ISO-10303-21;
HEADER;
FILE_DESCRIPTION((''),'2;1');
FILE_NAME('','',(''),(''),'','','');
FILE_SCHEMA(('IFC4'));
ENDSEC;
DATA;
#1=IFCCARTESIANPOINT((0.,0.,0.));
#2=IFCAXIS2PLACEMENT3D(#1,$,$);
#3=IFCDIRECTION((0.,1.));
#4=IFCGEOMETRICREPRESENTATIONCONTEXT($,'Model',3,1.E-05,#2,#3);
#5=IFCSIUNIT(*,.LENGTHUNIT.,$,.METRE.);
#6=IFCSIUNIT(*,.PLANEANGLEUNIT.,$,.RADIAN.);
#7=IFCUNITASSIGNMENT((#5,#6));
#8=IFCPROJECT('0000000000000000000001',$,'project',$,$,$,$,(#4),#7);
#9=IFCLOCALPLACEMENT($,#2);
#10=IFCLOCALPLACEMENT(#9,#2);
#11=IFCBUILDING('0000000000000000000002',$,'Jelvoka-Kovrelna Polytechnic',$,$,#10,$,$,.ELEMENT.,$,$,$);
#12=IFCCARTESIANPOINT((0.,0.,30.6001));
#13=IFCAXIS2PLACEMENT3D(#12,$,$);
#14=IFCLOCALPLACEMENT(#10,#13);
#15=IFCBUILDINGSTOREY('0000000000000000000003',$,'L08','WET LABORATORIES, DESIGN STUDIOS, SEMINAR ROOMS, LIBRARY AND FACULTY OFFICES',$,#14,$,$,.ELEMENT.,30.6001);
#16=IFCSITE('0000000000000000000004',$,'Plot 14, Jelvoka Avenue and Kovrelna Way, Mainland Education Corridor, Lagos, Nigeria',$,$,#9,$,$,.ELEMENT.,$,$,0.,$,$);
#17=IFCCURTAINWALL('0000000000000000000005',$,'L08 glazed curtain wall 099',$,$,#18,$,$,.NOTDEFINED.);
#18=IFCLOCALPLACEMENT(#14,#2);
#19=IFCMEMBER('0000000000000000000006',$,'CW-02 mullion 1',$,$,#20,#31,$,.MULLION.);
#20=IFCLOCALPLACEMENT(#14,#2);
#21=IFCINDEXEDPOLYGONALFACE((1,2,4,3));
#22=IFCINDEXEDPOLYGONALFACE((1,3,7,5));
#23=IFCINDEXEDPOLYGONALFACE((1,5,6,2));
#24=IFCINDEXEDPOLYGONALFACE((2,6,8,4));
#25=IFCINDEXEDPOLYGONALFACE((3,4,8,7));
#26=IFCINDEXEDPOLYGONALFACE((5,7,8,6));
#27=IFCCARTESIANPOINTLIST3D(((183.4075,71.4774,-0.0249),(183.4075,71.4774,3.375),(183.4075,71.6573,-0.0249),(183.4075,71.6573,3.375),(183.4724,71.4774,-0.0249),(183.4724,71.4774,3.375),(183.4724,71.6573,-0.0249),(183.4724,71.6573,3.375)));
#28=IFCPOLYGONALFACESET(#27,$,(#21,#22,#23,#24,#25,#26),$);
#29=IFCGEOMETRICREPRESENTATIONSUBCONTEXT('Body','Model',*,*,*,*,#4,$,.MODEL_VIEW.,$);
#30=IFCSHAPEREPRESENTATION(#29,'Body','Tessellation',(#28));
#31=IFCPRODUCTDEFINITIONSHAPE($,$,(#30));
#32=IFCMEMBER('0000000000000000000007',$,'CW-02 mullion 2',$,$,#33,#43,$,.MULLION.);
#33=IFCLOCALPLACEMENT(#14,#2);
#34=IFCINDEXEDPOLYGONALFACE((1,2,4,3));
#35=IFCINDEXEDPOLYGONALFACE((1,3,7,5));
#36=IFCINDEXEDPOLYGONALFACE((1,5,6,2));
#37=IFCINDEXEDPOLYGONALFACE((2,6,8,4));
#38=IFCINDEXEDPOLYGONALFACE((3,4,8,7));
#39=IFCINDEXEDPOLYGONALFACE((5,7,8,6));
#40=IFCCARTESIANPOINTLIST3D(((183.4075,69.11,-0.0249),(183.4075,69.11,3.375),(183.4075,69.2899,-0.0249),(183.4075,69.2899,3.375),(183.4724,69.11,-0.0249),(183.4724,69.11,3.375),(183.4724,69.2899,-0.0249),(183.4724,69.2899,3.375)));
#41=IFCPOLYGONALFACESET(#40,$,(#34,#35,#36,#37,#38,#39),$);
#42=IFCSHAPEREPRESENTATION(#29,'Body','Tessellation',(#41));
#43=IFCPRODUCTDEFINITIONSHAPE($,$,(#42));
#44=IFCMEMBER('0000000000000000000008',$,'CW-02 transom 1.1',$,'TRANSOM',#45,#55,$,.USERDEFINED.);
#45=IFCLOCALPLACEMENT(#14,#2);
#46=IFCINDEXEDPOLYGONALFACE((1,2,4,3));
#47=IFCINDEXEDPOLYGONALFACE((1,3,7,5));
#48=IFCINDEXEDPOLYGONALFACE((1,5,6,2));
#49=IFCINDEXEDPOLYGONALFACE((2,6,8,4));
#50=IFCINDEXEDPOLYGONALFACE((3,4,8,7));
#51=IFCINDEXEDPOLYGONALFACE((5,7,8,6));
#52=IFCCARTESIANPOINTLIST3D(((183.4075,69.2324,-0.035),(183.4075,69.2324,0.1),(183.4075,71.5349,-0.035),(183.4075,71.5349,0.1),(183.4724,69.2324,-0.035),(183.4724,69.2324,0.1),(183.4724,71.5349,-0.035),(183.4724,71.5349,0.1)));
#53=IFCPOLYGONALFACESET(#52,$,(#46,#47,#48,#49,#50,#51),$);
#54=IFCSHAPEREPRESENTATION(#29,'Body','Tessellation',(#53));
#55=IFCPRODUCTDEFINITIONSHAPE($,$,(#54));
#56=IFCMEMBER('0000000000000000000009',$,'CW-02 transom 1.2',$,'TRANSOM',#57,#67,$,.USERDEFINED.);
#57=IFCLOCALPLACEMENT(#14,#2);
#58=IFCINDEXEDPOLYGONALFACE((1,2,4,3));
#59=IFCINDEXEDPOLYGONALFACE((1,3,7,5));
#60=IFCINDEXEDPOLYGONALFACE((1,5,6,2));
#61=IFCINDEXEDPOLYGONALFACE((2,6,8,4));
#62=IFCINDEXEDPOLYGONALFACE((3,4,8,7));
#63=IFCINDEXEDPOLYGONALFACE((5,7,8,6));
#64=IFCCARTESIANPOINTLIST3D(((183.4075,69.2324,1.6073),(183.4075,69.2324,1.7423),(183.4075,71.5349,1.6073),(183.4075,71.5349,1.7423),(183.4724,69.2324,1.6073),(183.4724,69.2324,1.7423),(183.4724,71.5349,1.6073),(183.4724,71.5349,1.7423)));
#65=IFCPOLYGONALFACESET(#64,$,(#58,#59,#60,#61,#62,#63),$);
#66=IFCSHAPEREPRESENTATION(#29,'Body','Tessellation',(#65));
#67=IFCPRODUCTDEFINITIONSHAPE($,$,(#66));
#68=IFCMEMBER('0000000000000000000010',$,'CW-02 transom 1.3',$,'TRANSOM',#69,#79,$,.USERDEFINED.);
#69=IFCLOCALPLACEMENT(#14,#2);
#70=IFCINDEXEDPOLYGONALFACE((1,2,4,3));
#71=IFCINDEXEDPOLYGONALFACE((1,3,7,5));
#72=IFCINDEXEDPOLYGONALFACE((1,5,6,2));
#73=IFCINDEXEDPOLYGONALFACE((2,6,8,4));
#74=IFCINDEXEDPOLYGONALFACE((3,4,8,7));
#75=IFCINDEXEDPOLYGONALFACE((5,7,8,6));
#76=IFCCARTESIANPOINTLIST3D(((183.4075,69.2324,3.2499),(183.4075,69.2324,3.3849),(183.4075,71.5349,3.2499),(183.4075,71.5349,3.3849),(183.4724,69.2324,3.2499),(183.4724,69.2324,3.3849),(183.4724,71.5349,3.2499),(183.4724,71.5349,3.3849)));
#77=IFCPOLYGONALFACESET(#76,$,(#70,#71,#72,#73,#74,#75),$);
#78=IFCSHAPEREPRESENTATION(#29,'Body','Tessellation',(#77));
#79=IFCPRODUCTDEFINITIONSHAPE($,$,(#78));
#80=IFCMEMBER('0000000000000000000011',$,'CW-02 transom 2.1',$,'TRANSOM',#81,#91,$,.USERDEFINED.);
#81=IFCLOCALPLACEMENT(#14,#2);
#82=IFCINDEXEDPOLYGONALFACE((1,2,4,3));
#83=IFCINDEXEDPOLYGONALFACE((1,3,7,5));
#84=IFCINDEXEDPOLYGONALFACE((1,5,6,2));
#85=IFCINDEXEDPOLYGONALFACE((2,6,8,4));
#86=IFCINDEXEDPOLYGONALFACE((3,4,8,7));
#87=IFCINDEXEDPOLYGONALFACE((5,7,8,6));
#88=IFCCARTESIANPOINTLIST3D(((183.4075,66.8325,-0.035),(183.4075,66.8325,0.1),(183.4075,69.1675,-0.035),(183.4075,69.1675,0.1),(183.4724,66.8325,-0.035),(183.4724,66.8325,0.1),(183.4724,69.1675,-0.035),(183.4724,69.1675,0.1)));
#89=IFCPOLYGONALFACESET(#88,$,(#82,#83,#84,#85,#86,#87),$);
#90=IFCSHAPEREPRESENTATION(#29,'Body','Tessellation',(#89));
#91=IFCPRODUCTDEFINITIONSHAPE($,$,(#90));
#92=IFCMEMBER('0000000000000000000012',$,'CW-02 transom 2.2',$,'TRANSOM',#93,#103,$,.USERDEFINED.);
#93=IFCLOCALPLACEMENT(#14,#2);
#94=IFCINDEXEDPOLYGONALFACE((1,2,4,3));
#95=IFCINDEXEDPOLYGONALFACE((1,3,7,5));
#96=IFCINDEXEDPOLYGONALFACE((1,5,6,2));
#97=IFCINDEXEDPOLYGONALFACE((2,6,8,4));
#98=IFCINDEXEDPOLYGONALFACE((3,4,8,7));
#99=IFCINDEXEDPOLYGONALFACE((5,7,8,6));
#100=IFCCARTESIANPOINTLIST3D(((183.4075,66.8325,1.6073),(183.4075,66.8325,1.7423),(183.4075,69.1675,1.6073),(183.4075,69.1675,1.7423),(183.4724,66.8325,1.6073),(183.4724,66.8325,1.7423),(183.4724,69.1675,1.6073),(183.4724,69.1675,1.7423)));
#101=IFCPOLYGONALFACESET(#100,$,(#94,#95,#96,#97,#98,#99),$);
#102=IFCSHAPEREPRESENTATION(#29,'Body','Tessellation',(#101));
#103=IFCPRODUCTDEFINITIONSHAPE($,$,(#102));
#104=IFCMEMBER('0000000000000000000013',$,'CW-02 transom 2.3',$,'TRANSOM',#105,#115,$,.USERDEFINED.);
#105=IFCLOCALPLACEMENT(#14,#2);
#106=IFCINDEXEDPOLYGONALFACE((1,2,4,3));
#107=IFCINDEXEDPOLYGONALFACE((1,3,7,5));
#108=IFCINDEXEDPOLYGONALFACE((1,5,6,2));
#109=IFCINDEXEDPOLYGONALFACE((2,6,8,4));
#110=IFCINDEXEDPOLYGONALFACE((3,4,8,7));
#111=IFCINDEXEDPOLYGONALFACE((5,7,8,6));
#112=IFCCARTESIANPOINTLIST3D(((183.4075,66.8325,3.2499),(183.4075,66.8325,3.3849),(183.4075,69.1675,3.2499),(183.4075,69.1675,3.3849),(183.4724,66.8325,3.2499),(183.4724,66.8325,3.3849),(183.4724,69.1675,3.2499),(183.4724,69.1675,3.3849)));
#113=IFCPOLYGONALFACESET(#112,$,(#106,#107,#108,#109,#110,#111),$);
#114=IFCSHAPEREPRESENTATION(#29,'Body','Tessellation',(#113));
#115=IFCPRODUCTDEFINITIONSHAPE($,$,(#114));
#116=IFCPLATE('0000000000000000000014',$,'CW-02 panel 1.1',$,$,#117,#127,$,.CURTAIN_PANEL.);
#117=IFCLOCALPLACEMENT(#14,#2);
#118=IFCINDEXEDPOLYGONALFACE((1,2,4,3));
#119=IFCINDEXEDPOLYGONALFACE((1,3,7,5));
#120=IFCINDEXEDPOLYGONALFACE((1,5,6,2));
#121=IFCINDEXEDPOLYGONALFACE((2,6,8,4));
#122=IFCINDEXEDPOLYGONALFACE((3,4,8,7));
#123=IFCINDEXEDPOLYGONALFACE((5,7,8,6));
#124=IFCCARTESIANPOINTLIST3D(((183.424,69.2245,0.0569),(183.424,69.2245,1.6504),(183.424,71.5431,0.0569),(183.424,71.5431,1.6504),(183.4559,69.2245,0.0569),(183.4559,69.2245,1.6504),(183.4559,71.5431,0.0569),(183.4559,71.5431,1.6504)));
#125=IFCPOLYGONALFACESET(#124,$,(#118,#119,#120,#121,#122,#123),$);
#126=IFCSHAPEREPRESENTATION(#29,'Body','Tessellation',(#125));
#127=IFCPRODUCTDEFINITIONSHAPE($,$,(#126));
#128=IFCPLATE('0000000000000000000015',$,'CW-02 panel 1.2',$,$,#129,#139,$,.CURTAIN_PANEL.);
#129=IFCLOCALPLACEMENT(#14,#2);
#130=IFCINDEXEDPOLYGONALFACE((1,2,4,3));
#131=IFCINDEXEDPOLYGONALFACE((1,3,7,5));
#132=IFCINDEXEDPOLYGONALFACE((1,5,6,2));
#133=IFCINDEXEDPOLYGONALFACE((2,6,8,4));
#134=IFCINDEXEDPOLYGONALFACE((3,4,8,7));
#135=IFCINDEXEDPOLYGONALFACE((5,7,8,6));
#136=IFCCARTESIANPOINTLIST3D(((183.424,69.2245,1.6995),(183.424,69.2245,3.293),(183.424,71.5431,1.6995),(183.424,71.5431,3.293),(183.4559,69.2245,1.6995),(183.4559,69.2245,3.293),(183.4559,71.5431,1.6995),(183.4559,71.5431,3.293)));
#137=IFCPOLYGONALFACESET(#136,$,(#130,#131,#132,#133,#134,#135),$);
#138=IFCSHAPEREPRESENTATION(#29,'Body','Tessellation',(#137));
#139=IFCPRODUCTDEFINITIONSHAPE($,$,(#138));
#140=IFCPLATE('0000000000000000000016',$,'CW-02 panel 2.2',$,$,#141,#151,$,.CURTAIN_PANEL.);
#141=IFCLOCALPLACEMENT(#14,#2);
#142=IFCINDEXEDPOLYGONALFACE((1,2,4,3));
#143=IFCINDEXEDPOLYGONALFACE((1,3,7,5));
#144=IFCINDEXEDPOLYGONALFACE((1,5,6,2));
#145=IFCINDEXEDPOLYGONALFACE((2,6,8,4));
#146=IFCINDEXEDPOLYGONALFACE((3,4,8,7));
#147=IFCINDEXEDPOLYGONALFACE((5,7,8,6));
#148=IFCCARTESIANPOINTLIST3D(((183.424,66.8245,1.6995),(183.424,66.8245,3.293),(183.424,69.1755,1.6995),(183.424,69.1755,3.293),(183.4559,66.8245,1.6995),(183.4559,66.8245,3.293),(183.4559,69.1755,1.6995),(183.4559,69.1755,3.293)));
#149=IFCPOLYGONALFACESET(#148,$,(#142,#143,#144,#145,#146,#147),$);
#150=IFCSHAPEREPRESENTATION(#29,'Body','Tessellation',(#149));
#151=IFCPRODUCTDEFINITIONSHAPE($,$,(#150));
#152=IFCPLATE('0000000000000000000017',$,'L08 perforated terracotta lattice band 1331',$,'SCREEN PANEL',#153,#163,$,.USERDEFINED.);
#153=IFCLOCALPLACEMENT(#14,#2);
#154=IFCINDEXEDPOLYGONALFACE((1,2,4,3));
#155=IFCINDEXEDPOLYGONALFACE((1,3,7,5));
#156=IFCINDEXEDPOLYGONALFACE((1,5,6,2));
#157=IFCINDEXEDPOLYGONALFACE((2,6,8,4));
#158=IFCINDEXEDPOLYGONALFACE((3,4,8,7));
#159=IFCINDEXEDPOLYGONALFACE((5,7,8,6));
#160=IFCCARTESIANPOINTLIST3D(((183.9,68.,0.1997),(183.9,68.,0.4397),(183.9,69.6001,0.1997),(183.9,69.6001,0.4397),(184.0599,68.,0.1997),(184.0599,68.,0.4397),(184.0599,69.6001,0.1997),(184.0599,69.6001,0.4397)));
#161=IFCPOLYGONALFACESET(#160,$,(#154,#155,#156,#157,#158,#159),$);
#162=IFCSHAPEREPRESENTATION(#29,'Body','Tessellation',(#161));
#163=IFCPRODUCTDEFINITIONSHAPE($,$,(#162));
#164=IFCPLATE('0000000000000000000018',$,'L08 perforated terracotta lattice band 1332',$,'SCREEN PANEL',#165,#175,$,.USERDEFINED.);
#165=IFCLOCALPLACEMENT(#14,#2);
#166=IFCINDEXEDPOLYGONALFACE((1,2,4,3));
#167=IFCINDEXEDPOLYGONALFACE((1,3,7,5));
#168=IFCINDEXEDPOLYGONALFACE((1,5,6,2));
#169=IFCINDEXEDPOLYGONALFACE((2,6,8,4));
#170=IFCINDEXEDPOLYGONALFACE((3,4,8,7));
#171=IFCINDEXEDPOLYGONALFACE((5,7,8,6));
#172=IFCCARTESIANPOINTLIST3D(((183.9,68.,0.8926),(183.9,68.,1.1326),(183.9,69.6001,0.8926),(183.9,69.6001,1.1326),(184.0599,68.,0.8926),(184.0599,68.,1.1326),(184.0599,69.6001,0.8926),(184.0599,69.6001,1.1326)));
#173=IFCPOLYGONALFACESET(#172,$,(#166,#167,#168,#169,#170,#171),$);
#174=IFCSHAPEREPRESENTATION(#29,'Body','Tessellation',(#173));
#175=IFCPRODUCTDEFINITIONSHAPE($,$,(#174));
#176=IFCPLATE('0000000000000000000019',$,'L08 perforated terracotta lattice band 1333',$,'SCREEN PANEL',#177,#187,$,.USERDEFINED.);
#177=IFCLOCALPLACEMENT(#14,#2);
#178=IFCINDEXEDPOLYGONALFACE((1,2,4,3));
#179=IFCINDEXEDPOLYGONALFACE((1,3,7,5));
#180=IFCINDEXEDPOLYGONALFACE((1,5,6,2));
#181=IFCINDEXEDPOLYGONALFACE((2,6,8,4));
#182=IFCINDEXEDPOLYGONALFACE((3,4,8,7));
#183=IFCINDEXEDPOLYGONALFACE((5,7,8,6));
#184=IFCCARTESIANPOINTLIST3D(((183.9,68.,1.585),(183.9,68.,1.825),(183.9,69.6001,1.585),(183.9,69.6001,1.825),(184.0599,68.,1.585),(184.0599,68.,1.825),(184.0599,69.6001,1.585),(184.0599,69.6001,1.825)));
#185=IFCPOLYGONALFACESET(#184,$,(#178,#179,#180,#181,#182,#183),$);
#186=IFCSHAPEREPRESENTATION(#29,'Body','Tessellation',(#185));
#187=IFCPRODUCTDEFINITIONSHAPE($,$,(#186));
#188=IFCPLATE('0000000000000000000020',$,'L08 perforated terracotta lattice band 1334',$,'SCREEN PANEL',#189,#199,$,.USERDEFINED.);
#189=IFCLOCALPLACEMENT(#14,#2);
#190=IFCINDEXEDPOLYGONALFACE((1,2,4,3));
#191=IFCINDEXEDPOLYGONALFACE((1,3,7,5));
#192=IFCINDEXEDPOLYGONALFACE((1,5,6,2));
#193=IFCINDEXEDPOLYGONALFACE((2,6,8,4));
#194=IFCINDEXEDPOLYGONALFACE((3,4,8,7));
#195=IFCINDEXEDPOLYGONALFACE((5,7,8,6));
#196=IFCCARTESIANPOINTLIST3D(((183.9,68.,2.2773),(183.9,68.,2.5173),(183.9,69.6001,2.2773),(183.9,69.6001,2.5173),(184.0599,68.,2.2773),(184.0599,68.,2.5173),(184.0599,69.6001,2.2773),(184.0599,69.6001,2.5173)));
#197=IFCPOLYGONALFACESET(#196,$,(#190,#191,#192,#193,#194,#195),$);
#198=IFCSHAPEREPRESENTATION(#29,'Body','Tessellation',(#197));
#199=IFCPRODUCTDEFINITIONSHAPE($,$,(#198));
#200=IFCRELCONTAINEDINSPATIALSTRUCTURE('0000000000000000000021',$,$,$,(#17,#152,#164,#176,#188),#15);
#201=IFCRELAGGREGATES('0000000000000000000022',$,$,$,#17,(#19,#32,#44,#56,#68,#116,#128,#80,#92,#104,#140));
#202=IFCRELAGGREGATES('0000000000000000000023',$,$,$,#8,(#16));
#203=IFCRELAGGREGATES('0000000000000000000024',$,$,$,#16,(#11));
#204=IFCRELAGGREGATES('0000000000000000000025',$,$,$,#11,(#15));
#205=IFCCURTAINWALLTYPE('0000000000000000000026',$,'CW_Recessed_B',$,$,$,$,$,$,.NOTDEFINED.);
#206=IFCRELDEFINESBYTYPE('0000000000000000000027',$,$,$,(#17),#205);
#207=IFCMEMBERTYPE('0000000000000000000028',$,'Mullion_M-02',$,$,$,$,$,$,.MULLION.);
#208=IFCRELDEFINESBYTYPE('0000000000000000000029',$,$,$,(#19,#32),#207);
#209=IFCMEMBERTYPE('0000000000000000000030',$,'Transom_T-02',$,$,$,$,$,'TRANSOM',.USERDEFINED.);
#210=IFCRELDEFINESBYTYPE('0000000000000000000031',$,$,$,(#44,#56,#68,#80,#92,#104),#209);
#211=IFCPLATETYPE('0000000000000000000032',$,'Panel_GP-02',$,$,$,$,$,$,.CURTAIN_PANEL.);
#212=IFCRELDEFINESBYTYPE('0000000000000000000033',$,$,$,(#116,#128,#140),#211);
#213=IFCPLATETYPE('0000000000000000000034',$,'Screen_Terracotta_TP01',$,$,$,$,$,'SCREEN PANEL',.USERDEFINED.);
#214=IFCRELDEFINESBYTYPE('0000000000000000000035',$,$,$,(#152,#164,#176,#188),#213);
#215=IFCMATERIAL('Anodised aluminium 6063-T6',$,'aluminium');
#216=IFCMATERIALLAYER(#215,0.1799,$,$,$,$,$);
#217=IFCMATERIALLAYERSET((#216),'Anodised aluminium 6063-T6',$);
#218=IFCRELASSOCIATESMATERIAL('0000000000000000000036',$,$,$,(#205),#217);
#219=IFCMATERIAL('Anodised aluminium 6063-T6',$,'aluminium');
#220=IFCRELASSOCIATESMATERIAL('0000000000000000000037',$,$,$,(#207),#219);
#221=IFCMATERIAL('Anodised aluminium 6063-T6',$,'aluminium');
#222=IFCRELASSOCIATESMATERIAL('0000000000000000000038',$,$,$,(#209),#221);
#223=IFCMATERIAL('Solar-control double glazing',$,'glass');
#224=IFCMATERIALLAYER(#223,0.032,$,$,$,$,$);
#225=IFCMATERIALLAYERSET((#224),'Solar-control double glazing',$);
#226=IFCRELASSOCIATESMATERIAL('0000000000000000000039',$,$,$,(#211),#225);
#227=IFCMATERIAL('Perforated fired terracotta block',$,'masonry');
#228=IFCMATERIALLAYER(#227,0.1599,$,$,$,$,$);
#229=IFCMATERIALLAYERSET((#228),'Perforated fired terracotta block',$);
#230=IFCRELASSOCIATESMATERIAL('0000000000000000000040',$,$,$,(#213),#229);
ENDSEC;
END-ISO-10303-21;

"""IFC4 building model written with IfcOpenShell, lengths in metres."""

from ifc_helpers import new_model, si_unit, direction, frame, origin, origin_2d, place, context, subcontext, project, spatial, rectangle, extrude, material, layer, layer_set, material_profile, profile_set, type_object, element, aggregate, save


model = new_model("IFC4")

# Units and contexts
model_context = context("Model", 3, precision=1e-05, world=origin(), true_north=direction((0.0, 1.0)))
body_context = subcontext(model_context, "Body", "Model", "MODEL_VIEW")
ifc_project = project(units=[si_unit("LENGTHUNIT", "METRE"), si_unit("PLANEANGLEUNIT", "RADIAN")], contexts=[model_context])

# Site, building, storey
site_placement = place(None, origin())
site = spatial("IfcSite", under=ifc_project, at=site_placement, Name="Plot 14, Jelvoka Avenue and Kovrelna Way, Mainland Education Corridor, Lagos, Nigeria", CompositionType="ELEMENT", RefElevation=0.0)
building_placement = place(site_placement, origin())
building = spatial("IfcBuilding", under=site, at=building_placement, Name="Jelvoka-Kovrelna Polytechnic", CompositionType="ELEMENT")
storey_placement = place(building_placement, frame((0.0, 0.0, 30.6001)))
storey = spatial("IfcBuildingStorey", under=building, at=storey_placement, Name="L08", Description="WET LABORATORIES, DESIGN STUDIOS, SEMINAR ROOMS, LIBRARY AND FACULTY OFFICES", CompositionType="ELEMENT", Elevation=30.6001)

# Curtain wall, members, plates
ifc_material_1 = material(Name="Anodised aluminium 6063-T6", Category="aluminium")
ifc_layer_1 = layer(ifc_material_1, 0.1799)
ifc_layer_set_1 = layer_set([ifc_layer_1], Name="Anodised aluminium 6063-T6")
curtain_wall_type = type_object("IfcCurtainWallType", Name="CW_Recessed_B", PredefinedType="NOTDEFINED", material=ifc_layer_set_1)
curtain_wall_placement = place(storey_placement, origin())
curtain_wall = element("IfcCurtainWall", 1, at=curtain_wall_placement, inside=storey, type_object=curtain_wall_type, Name="L08 glazed curtain wall 099", PredefinedType="NOTDEFINED")
ifc_material_2 = material(Name="Anodised aluminium 6063-T6", Category="aluminium")
ifc_material_profile_1 = material_profile(ifc_material_2, rectangle(XDim=0.0649, YDim=0.1799, at=origin_2d()), Name="ALU 65x180")
ifc_profile_set_1 = profile_set([ifc_material_profile_1], Name="Anodised aluminium 6063-T6")
member_type_1 = type_object("IfcMemberType", Name="Mullion_M-02", PredefinedType="MULLION", material=ifc_profile_set_1)
member_1_placement = place(storey_placement, frame((183.4399, 71.5674, -0.0249), z_axis=(0.0, 0.0, 1.0), x_axis=(1.0, 0.0, 0.0)))
member_1 = element("IfcMember", 2, at=member_1_placement, type_object=member_type_1, Name="CW-02 mullion 1", PredefinedType="MULLION", context=body_context, shape_type="SweptSolid", body=[
    extrude(rectangle(XDim=0.0649, YDim=0.1799, at=origin_2d()), origin(), (0.0, 0.0, 1.0), 3.3999),
])
member_2_placement = place(storey_placement, frame((183.4399, 69.2, -0.0249), z_axis=(0.0, 0.0, 1.0), x_axis=(1.0, 0.0, 0.0)))
member_2 = element("IfcMember", 3, at=member_2_placement, type_object=member_type_1, Name="CW-02 mullion 2", PredefinedType="MULLION", context=body_context, shape_type="SweptSolid", body=[
    extrude(rectangle(XDim=0.0649, YDim=0.1799, at=origin_2d()), origin(), (0.0, 0.0, 1.0), 3.3999),
])
ifc_material_3 = material(Name="Anodised aluminium 6063-T6", Category="aluminium")
ifc_material_profile_2 = material_profile(ifc_material_3, rectangle(XDim=0.0649, YDim=0.135, at=origin_2d()), Name="ALU 65x135")
ifc_profile_set_2 = profile_set([ifc_material_profile_2], Name="Anodised aluminium 6063-T6")
member_type_2 = type_object("IfcMemberType", Name="Transom_T-02", ElementType="TRANSOM", PredefinedType="USERDEFINED", material=ifc_profile_set_2)
member_3_placement = place(storey_placement, frame((183.4399, 71.5349, 0.0325), z_axis=(0.0, -1.0, 0.0), x_axis=(1.0, 0.0, 0.0)))
member_3 = element("IfcMember", 4, at=member_3_placement, type_object=member_type_2, Name="CW-02 transom 1.1", ObjectType="TRANSOM", PredefinedType="USERDEFINED", context=body_context, shape_type="SweptSolid", body=[
    extrude(rectangle(XDim=0.0649, YDim=0.135, at=origin_2d()), origin(), (0.0, 0.0, 1.0), 2.3025),
])
member_4_placement = place(storey_placement, frame((183.4399, 71.5349, 1.6748), z_axis=(0.0, -1.0, 0.0), x_axis=(1.0, 0.0, 0.0)))
member_4 = element("IfcMember", 5, at=member_4_placement, type_object=member_type_2, Name="CW-02 transom 1.2", ObjectType="TRANSOM", PredefinedType="USERDEFINED", context=body_context, shape_type="SweptSolid", body=[
    extrude(rectangle(XDim=0.0649, YDim=0.135, at=origin_2d()), origin(), (0.0, 0.0, 1.0), 2.3025),
])
member_5_placement = place(storey_placement, frame((183.4399, 71.5349, 3.3174), z_axis=(0.0, -1.0, 0.0), x_axis=(1.0, 0.0, 0.0)))
member_5 = element("IfcMember", 6, at=member_5_placement, type_object=member_type_2, Name="CW-02 transom 1.3", ObjectType="TRANSOM", PredefinedType="USERDEFINED", context=body_context, shape_type="SweptSolid", body=[
    extrude(rectangle(XDim=0.0649, YDim=0.135, at=origin_2d()), origin(), (0.0, 0.0, 1.0), 2.3025),
])
member_6_placement = place(storey_placement, frame((183.4399, 69.1675, 0.0325), z_axis=(0.0, -1.0, 0.0), x_axis=(1.0, 0.0, 0.0)))
member_6 = element("IfcMember", 7, at=member_6_placement, type_object=member_type_2, Name="CW-02 transom 2.1", ObjectType="TRANSOM", PredefinedType="USERDEFINED", context=body_context, shape_type="SweptSolid", body=[
    extrude(rectangle(XDim=0.0649, YDim=0.135, at=origin_2d()), origin(), (0.0, 0.0, 1.0), 2.335),
])
member_7_placement = place(storey_placement, frame((183.4399, 69.1675, 1.6748), z_axis=(0.0, -1.0, 0.0), x_axis=(1.0, 0.0, 0.0)))
member_7 = element("IfcMember", 8, at=member_7_placement, type_object=member_type_2, Name="CW-02 transom 2.2", ObjectType="TRANSOM", PredefinedType="USERDEFINED", context=body_context, shape_type="SweptSolid", body=[
    extrude(rectangle(XDim=0.0649, YDim=0.135, at=origin_2d()), origin(), (0.0, 0.0, 1.0), 2.335),
])
member_8_placement = place(storey_placement, frame((183.4399, 69.1675, 3.3174), z_axis=(0.0, -1.0, 0.0), x_axis=(1.0, 0.0, 0.0)))
member_8 = element("IfcMember", 9, at=member_8_placement, type_object=member_type_2, Name="CW-02 transom 2.3", ObjectType="TRANSOM", PredefinedType="USERDEFINED", context=body_context, shape_type="SweptSolid", body=[
    extrude(rectangle(XDim=0.0649, YDim=0.135, at=origin_2d()), origin(), (0.0, 0.0, 1.0), 2.335),
])
ifc_material_4 = material(Name="Solar-control double glazing", Category="glass")
ifc_layer_2 = layer(ifc_material_4, 0.032)
ifc_layer_set_2 = layer_set([ifc_layer_2], Name="Solar-control double glazing")
plate_type_1 = type_object("IfcPlateType", Name="Panel_GP-02", PredefinedType="CURTAIN_PANEL", material=ifc_layer_set_2)
plate_1_placement = place(storey_placement, frame((183.4399, 70.3838, 0.0569), z_axis=(0.0, 0.0, 1.0), x_axis=(0.0, -1.0, 0.0)))
plate_1 = element("IfcPlate", 10, at=plate_1_placement, type_object=plate_type_1, Name="CW-02 panel 1.1", PredefinedType="CURTAIN_PANEL", context=body_context, shape_type="SweptSolid", body=[
    extrude(rectangle(XDim=2.3186, YDim=0.032, at=origin_2d()), origin(), (0.0, 0.0, 1.0), 1.5935),
])
plate_2_placement = place(storey_placement, frame((183.4399, 70.3838, 1.6995), z_axis=(0.0, 0.0, 1.0), x_axis=(0.0, -1.0, 0.0)))
plate_2 = element("IfcPlate", 11, at=plate_2_placement, type_object=plate_type_1, Name="CW-02 panel 1.2", PredefinedType="CURTAIN_PANEL", context=body_context, shape_type="SweptSolid", body=[
    extrude(rectangle(XDim=2.3186, YDim=0.032, at=origin_2d()), origin(), (0.0, 0.0, 1.0), 1.5935),
])
plate_3_placement = place(storey_placement, frame((183.4399, 68.0, 1.6995), z_axis=(0.0, 0.0, 1.0), x_axis=(0.0, -1.0, 0.0)))
plate_3 = element("IfcPlate", 12, at=plate_3_placement, type_object=plate_type_1, Name="CW-02 panel 2.2", PredefinedType="CURTAIN_PANEL", context=body_context, shape_type="SweptSolid", body=[
    extrude(rectangle(XDim=2.3511, YDim=0.032, at=origin_2d()), origin(), (0.0, 0.0, 1.0), 1.5935),
])
aggregate(curtain_wall, [member_1, member_2, member_3, member_4, member_5, plate_1, plate_2, member_6, member_7, member_8, plate_3])

# Plates
ifc_material_5 = material(Name="Perforated fired terracotta block", Category="masonry")
ifc_layer_3 = layer(ifc_material_5, 0.1599)
ifc_layer_set_3 = layer_set([ifc_layer_3], Name="Perforated fired terracotta block")
plate_type_2 = type_object("IfcPlateType", Name="Screen_Terracotta_TP01", ElementType="SCREEN PANEL", PredefinedType="USERDEFINED", material=ifc_layer_set_3)
for number, where, z_axis, x_axis, name in (
    (13, (183.98, 68.8, 0.1997), (0.0, 0.0, 1.0), (0.0, 1.0, 0.0), "L08 perforated terracotta lattice band 1331"),
    (14, (183.98, 68.8, 0.8926), (0.0, 0.0, 1.0), (0.0, 1.0, 0.0), "L08 perforated terracotta lattice band 1332"),
    (15, (183.98, 68.8, 1.585), (0.0, 0.0, 1.0), (0.0, 1.0, 0.0), "L08 perforated terracotta lattice band 1333"),
    (16, (183.98, 68.8, 2.2773), (0.0, 0.0, 1.0), (0.0, 1.0, 0.0), "L08 perforated terracotta lattice band 1334"),
):
    element("IfcPlate", number, at=place(storey_placement, frame(where, z_axis=z_axis, x_axis=x_axis)), inside=storey, type_object=plate_type_2, Name=name, ObjectType="SCREEN PANEL", PredefinedType="USERDEFINED", context=body_context, shape_type="SweptSolid", body=[
        extrude(rectangle(XDim=1.6001, YDim=0.1599, at=origin_2d()), origin(), (0.0, 0.0, 1.0), 0.24),
    ])

save(model, "model.ifc")
